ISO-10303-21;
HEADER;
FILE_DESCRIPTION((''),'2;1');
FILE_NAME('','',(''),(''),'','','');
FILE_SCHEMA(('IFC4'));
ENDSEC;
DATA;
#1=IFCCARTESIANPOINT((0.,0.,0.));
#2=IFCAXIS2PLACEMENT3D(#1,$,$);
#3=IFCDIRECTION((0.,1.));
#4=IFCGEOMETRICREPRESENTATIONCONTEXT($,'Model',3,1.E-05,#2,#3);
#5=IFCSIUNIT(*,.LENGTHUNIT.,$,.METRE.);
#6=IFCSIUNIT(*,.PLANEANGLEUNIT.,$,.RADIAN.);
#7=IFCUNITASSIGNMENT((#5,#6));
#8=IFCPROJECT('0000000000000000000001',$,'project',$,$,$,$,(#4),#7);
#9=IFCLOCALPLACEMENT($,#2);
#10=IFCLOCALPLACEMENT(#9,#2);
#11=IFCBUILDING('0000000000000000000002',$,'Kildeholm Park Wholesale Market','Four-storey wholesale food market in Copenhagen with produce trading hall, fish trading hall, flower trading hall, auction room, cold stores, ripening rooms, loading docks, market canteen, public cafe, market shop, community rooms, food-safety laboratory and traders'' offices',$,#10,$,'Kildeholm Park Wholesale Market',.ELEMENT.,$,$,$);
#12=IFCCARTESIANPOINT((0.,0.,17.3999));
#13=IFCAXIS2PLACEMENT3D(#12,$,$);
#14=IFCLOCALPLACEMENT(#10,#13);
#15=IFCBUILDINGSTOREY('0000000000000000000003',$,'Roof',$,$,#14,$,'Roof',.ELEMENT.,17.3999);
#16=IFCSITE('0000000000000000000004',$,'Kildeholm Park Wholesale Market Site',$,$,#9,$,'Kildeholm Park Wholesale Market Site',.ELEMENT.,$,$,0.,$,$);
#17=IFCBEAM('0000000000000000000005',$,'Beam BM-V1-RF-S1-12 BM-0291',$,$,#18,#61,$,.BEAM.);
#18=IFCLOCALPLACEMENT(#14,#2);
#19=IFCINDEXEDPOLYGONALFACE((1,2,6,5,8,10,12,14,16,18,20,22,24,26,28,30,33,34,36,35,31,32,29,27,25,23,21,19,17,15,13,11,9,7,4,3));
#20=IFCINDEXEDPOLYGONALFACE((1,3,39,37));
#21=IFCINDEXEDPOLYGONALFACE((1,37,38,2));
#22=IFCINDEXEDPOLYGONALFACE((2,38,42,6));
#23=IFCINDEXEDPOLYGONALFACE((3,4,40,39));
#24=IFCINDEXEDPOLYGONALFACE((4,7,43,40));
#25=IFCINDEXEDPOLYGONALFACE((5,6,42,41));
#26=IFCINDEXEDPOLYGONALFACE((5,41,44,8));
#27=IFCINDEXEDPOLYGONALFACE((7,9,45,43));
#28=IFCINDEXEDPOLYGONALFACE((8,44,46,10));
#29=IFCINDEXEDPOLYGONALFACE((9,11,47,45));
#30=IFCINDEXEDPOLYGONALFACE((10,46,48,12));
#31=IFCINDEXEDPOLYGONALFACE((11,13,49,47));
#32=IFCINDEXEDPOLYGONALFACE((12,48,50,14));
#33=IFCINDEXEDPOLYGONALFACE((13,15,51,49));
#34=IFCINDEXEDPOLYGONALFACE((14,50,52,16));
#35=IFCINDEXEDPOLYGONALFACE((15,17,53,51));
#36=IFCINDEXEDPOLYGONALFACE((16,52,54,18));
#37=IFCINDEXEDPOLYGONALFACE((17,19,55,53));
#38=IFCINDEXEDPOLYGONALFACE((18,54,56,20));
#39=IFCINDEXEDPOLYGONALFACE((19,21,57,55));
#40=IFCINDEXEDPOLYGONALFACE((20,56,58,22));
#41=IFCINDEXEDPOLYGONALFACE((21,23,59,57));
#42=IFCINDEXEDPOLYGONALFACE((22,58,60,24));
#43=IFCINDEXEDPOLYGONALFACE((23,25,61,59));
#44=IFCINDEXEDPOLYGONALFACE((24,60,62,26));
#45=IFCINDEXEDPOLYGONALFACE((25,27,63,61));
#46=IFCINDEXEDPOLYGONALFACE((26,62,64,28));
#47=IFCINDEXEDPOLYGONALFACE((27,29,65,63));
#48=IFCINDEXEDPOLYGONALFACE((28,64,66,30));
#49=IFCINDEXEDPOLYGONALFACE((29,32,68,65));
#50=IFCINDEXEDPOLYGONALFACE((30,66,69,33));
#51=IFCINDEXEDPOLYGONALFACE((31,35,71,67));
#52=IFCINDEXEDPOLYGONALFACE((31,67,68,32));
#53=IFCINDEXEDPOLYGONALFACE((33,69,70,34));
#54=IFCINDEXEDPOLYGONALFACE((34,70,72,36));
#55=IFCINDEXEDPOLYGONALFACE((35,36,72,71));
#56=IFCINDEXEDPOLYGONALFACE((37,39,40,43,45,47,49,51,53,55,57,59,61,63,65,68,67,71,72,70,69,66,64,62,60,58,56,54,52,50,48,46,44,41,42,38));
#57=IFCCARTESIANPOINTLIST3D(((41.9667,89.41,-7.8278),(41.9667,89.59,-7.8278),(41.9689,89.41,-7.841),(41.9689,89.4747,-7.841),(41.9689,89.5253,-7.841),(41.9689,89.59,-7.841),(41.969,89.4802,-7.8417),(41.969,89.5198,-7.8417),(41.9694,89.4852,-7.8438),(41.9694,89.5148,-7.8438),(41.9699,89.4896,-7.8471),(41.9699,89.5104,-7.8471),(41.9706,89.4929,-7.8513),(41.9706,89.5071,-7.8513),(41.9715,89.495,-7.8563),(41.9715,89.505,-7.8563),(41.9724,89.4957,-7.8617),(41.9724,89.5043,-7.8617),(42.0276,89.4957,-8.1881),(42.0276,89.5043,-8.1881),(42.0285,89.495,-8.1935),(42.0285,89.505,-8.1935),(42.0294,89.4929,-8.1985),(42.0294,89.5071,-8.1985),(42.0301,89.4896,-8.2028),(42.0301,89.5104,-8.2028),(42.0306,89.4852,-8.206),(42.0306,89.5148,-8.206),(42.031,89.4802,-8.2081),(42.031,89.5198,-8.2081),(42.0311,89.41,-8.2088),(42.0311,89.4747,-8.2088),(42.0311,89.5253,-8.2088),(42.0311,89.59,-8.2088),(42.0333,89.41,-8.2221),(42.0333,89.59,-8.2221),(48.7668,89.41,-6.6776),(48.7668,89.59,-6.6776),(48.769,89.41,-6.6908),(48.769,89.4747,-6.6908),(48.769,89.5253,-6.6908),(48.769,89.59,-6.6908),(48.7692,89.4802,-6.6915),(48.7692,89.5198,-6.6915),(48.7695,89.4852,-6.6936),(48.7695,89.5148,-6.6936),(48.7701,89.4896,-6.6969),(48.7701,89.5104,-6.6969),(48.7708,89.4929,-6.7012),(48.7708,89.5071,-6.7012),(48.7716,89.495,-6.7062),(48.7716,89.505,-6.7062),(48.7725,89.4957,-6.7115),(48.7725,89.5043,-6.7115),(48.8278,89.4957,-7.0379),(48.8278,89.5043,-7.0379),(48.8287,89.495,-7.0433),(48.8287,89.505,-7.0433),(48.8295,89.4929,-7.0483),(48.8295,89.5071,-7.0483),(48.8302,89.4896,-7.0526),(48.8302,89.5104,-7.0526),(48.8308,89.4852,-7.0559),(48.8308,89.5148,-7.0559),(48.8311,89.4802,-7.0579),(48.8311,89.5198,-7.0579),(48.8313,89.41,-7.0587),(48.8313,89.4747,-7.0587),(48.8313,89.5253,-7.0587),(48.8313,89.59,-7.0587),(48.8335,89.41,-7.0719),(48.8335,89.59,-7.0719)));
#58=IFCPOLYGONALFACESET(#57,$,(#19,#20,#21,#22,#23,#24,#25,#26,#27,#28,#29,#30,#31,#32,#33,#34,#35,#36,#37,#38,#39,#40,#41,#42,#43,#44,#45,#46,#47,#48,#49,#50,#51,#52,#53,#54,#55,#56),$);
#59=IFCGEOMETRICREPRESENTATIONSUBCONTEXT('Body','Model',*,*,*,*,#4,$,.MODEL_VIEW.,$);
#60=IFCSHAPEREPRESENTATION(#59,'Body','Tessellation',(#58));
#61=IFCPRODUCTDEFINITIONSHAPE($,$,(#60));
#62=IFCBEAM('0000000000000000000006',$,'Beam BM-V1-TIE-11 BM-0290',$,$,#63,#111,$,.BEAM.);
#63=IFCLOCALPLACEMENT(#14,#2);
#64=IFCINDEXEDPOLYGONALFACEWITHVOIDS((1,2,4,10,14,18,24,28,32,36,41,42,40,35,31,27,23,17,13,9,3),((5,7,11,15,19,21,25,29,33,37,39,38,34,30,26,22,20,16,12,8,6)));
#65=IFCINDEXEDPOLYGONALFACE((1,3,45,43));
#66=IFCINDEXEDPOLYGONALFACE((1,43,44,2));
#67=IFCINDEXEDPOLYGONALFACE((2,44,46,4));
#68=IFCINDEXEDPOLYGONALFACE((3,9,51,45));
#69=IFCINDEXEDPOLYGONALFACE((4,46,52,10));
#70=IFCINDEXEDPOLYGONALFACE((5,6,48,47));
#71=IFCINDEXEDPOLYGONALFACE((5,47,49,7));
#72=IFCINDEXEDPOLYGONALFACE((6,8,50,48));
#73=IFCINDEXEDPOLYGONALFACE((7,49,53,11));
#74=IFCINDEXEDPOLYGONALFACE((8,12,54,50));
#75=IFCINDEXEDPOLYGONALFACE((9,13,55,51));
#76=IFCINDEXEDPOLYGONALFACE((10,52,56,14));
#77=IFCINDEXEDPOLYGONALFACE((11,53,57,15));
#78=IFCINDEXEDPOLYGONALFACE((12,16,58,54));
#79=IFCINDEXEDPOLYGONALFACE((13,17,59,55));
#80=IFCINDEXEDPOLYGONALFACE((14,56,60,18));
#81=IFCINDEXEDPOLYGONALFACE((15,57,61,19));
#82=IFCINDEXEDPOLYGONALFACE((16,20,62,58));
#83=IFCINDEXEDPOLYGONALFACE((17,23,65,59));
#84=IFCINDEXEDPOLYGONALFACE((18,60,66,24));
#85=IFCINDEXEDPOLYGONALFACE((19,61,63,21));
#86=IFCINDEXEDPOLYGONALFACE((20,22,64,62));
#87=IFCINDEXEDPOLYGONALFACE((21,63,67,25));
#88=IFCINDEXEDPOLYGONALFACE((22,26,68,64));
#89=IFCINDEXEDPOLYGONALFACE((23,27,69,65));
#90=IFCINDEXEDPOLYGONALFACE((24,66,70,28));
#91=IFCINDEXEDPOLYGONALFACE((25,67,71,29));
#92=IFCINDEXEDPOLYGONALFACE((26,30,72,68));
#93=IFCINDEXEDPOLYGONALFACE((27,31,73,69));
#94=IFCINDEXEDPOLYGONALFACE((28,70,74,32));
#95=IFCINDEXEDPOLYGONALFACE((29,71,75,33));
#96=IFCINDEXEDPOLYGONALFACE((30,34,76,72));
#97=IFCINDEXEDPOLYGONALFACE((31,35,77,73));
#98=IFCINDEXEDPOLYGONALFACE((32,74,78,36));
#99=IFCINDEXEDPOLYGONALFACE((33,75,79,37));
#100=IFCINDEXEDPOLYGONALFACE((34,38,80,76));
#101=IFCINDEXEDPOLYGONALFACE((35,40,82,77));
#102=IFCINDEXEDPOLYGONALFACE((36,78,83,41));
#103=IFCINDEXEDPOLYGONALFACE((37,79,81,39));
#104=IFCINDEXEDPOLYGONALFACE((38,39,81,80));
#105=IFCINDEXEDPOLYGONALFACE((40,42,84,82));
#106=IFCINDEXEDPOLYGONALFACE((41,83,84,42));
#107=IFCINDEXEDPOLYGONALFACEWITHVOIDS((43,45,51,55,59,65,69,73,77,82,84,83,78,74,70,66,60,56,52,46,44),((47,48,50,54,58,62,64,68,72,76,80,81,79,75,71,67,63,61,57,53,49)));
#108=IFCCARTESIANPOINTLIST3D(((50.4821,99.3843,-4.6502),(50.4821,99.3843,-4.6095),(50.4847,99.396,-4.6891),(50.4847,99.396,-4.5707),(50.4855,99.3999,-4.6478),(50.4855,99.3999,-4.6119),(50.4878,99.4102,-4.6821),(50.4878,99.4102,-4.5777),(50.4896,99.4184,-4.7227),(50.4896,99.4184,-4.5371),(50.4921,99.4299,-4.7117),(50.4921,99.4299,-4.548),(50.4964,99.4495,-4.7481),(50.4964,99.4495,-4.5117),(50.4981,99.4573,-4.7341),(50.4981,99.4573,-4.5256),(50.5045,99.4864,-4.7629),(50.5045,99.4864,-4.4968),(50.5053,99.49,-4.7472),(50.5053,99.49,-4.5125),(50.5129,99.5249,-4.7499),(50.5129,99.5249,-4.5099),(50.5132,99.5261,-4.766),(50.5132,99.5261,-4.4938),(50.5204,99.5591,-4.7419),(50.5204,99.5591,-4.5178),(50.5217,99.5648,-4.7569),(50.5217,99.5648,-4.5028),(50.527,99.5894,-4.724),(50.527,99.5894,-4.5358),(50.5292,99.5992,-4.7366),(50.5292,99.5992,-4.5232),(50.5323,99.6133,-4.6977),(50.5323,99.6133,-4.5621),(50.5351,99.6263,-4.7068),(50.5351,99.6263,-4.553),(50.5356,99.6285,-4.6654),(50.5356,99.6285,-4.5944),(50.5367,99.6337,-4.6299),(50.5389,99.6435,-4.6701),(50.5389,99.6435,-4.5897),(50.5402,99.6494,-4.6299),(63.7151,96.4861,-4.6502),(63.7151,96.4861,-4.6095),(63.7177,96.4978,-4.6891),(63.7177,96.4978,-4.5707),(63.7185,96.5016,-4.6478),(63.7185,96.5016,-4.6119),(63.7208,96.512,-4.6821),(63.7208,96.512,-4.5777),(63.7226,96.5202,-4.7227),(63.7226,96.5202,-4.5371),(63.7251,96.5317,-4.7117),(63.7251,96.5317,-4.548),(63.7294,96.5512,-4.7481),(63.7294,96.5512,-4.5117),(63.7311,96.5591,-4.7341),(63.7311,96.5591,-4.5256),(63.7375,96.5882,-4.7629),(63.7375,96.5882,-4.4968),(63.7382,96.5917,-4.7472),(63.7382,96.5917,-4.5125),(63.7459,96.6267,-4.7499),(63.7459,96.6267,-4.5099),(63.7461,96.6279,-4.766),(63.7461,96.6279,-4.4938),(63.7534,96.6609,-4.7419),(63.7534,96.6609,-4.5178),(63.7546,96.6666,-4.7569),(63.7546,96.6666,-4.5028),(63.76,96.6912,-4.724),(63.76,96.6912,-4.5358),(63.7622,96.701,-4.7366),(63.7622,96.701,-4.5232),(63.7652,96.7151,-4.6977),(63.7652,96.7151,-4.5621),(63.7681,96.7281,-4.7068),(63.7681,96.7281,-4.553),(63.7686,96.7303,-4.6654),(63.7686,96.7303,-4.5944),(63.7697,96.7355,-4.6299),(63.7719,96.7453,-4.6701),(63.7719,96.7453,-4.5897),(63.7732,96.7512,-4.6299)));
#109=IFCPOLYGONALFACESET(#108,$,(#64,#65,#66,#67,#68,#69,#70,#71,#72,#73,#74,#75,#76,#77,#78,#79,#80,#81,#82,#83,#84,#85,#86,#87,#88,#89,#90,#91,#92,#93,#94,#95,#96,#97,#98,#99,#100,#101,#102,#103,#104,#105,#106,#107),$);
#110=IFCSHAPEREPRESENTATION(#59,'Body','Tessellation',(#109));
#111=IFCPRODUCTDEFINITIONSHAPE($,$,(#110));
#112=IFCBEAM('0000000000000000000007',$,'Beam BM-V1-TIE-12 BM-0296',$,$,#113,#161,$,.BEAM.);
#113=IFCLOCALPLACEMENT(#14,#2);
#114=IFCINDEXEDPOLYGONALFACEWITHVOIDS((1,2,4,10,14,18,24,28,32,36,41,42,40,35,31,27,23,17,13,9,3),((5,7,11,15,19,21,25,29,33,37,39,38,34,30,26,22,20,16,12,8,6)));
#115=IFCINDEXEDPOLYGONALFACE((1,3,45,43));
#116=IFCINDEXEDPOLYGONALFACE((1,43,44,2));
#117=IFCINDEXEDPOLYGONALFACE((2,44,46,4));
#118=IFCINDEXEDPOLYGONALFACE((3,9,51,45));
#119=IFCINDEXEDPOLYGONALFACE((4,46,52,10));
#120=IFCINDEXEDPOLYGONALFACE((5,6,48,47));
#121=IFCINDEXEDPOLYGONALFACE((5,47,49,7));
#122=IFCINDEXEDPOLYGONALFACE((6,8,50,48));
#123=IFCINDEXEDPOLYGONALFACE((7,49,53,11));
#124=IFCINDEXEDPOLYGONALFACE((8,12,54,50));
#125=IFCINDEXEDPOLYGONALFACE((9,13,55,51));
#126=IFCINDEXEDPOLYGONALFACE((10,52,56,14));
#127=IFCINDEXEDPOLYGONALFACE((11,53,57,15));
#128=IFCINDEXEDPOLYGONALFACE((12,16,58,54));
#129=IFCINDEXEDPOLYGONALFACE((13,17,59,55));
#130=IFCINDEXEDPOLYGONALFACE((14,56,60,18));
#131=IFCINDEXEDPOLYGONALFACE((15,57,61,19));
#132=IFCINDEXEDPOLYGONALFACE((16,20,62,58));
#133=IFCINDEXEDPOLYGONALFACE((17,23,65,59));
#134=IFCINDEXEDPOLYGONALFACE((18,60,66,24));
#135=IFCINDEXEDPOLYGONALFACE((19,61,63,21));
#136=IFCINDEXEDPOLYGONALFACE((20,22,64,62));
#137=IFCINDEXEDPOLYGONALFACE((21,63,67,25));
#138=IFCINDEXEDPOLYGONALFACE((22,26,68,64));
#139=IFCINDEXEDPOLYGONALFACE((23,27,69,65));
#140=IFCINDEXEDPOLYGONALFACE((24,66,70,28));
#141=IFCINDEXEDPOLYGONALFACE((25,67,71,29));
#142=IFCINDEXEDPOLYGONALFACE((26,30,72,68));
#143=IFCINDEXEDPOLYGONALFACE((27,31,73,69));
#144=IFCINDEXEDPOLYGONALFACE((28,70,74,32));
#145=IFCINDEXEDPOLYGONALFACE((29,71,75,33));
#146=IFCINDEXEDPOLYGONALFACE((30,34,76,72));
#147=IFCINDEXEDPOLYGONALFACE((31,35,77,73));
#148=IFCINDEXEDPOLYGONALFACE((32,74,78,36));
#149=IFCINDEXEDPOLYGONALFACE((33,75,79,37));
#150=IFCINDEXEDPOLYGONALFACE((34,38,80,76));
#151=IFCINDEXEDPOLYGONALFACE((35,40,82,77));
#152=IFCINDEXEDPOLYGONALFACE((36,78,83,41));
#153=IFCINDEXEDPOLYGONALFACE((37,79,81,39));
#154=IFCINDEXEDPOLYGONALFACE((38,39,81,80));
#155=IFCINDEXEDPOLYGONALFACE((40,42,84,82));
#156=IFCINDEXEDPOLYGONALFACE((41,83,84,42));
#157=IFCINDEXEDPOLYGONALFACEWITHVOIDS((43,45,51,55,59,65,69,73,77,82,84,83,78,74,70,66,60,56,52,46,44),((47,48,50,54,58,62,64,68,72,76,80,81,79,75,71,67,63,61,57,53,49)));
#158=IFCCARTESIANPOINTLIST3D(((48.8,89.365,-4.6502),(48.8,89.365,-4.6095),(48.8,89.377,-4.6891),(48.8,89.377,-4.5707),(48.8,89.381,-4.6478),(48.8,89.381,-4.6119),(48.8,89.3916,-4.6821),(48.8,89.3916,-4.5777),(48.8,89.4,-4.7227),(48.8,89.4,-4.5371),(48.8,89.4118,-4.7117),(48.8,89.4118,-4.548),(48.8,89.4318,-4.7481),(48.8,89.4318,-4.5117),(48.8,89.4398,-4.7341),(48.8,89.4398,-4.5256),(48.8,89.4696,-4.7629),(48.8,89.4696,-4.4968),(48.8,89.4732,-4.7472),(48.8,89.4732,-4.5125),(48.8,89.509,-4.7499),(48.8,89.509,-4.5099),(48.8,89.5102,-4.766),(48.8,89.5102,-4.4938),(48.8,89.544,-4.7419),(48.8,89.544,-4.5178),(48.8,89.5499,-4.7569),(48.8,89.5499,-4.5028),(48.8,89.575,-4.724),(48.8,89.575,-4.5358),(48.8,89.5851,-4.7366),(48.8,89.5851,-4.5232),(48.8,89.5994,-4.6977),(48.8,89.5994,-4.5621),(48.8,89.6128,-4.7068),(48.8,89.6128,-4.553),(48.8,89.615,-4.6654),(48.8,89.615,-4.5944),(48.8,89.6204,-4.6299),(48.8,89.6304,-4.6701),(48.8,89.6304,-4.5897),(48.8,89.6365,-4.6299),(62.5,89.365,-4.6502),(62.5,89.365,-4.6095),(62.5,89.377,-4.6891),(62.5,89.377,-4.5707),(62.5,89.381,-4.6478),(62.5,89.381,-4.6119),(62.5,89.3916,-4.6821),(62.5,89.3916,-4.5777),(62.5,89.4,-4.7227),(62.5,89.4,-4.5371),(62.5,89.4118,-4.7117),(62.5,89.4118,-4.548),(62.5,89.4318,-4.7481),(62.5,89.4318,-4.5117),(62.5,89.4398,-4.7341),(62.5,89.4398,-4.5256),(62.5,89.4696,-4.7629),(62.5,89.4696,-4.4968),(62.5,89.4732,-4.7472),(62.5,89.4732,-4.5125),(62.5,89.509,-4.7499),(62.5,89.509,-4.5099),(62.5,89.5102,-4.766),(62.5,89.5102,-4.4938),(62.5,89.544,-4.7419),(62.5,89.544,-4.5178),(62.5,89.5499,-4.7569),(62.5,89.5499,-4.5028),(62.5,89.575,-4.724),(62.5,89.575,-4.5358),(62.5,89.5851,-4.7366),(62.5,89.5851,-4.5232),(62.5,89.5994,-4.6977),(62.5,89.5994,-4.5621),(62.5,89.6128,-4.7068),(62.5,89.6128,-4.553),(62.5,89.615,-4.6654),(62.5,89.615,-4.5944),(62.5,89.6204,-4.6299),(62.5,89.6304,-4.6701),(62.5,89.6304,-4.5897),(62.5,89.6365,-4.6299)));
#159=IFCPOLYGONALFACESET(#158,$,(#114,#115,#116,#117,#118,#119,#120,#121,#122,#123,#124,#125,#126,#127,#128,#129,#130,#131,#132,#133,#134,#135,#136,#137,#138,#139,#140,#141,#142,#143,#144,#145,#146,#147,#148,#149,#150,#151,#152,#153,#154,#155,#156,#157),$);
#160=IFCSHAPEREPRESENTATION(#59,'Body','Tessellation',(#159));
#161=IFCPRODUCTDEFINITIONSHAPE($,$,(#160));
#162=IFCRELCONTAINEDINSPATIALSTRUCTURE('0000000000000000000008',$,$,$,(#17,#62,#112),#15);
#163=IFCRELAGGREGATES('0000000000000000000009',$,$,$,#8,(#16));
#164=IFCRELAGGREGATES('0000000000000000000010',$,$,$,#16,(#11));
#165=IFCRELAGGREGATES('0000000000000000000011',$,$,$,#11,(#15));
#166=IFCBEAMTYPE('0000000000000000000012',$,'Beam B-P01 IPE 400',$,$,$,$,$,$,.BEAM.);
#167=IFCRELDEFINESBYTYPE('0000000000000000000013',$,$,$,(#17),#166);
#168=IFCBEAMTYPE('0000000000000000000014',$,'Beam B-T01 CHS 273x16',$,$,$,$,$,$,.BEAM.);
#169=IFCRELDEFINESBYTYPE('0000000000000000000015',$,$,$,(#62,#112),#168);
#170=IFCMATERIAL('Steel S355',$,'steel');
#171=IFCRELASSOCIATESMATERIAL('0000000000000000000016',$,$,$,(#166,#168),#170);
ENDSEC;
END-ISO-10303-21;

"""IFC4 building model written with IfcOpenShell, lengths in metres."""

from ifc_helpers import new_model, si_unit, direction, frame, origin, origin_2d, place, context, subcontext, project, spatial, hollow_circle, i_section, extrude, material, material_profile, profile_set, type_object, element, save


model = new_model("IFC4")

# Units and contexts
model_context = context("Model", 3, precision=1e-05, world=origin(), true_north=direction((0.0, 1.0)))
body_context = subcontext(model_context, "Body", "Model", "MODEL_VIEW")
ifc_project = project(units=[si_unit("LENGTHUNIT", "METRE"), si_unit("PLANEANGLEUNIT", "RADIAN")], contexts=[model_context])

# Site, building, storey
site_placement = place(None, origin())
site = spatial("IfcSite", under=ifc_project, at=site_placement, Name="Kildeholm Park Wholesale Market Site", LongName="Kildeholm Park Wholesale Market Site", CompositionType="ELEMENT", RefElevation=0.0)
building_placement = place(site_placement, origin())
building = spatial("IfcBuilding", under=site, at=building_placement, Name="Kildeholm Park Wholesale Market", Description="Four-storey wholesale food market in Copenhagen with produce trading hall, fish trading hall, flower trading hall, auction room, cold stores, ripening rooms, loading docks, market canteen, public cafe, market shop, community rooms, food-safety laboratory and traders' offices", LongName="Kildeholm Park Wholesale Market", CompositionType="ELEMENT")
storey_placement = place(building_placement, frame((0.0, 0.0, 17.3999)))
storey = spatial("IfcBuildingStorey", under=building, at=storey_placement, Name="Roof", LongName="Roof", CompositionType="ELEMENT", Elevation=17.3999)

# Beams
ifc_material_1 = material(Name="Steel S355", Category="steel")
ifc_material_profile_1 = material_profile(ifc_material_1, i_section(OverallWidth=0.1799, OverallDepth=0.3999, WebThickness=0.0085, FlangeThickness=0.0134, FilletRadius=0.021, at=origin_2d()), Name="IPE 400")
ifc_profile_set_1 = profile_set([ifc_material_profile_1], Name="Steel S355")
beam_type_1 = type_object("IfcBeamType", Name="Beam B-P01 IPE 400", PredefinedType="BEAM", material=ifc_profile_set_1)
beam_1_placement = place(storey_placement, frame((42.0, 89.5, -8.0249), z_axis=(0.985996, 0.0, 0.166769), x_axis=(0.0, 1.0, 0.0)))
element("IfcBeam", 1, at=beam_1_placement, inside=storey, type_object=beam_type_1, Name="Beam BM-V1-RF-S1-12 BM-0291", PredefinedType="BEAM", context=body_context, shape_type="SweptSolid", body=[
    extrude(i_section(OverallWidth=0.1799, OverallDepth=0.3999, WebThickness=0.0085, FlangeThickness=0.0134, FilletRadius=0.021, at=origin_2d()), origin(), (0.0, 0.0, 1.0), 6.8967),
])
ifc_material_profile_2 = material_profile(ifc_material_1, hollow_circle(Radius=0.1365, WallThickness=0.0161, at=origin_2d()), Name="CHS 273x16")
ifc_profile_set_2 = profile_set([ifc_material_profile_2], Name="Steel S355")
beam_type_2 = type_object("IfcBeamType", Name="Beam B-T01 CHS 273x16", PredefinedType="BEAM", material=ifc_profile_set_2)
beam_2_placement = place(storey_placement, frame((50.511, 99.5161, -4.6299), z_axis=(0.976846, -0.213943, 0.0), x_axis=(0.213943, 0.976846, 0.0)))
element("IfcBeam", 2, at=beam_2_placement, inside=storey, type_object=beam_type_2, Name="Beam BM-V1-TIE-11 BM-0290", PredefinedType="BEAM", context=body_context, shape_type="SweptSolid", body=[
    extrude(hollow_circle(Radius=0.1365, WallThickness=0.0161, at=origin_2d()), origin(), (0.0, 0.0, 1.0), 13.5466),
])
beam_3_placement = place(storey_placement, frame((48.8, 89.5, -4.6299), z_axis=(1.0, 0.0, 0.0), x_axis=(0.0, 1.0, 0.0)))
element("IfcBeam", 3, at=beam_3_placement, inside=storey, type_object=beam_type_2, Name="Beam BM-V1-TIE-12 BM-0296", PredefinedType="BEAM", context=body_context, shape_type="SweptSolid", body=[
    extrude(hollow_circle(Radius=0.1365, WallThickness=0.0161, at=origin_2d()), origin(), (0.0, 0.0, 1.0), 13.7),
])

save(model, "model.ifc")
